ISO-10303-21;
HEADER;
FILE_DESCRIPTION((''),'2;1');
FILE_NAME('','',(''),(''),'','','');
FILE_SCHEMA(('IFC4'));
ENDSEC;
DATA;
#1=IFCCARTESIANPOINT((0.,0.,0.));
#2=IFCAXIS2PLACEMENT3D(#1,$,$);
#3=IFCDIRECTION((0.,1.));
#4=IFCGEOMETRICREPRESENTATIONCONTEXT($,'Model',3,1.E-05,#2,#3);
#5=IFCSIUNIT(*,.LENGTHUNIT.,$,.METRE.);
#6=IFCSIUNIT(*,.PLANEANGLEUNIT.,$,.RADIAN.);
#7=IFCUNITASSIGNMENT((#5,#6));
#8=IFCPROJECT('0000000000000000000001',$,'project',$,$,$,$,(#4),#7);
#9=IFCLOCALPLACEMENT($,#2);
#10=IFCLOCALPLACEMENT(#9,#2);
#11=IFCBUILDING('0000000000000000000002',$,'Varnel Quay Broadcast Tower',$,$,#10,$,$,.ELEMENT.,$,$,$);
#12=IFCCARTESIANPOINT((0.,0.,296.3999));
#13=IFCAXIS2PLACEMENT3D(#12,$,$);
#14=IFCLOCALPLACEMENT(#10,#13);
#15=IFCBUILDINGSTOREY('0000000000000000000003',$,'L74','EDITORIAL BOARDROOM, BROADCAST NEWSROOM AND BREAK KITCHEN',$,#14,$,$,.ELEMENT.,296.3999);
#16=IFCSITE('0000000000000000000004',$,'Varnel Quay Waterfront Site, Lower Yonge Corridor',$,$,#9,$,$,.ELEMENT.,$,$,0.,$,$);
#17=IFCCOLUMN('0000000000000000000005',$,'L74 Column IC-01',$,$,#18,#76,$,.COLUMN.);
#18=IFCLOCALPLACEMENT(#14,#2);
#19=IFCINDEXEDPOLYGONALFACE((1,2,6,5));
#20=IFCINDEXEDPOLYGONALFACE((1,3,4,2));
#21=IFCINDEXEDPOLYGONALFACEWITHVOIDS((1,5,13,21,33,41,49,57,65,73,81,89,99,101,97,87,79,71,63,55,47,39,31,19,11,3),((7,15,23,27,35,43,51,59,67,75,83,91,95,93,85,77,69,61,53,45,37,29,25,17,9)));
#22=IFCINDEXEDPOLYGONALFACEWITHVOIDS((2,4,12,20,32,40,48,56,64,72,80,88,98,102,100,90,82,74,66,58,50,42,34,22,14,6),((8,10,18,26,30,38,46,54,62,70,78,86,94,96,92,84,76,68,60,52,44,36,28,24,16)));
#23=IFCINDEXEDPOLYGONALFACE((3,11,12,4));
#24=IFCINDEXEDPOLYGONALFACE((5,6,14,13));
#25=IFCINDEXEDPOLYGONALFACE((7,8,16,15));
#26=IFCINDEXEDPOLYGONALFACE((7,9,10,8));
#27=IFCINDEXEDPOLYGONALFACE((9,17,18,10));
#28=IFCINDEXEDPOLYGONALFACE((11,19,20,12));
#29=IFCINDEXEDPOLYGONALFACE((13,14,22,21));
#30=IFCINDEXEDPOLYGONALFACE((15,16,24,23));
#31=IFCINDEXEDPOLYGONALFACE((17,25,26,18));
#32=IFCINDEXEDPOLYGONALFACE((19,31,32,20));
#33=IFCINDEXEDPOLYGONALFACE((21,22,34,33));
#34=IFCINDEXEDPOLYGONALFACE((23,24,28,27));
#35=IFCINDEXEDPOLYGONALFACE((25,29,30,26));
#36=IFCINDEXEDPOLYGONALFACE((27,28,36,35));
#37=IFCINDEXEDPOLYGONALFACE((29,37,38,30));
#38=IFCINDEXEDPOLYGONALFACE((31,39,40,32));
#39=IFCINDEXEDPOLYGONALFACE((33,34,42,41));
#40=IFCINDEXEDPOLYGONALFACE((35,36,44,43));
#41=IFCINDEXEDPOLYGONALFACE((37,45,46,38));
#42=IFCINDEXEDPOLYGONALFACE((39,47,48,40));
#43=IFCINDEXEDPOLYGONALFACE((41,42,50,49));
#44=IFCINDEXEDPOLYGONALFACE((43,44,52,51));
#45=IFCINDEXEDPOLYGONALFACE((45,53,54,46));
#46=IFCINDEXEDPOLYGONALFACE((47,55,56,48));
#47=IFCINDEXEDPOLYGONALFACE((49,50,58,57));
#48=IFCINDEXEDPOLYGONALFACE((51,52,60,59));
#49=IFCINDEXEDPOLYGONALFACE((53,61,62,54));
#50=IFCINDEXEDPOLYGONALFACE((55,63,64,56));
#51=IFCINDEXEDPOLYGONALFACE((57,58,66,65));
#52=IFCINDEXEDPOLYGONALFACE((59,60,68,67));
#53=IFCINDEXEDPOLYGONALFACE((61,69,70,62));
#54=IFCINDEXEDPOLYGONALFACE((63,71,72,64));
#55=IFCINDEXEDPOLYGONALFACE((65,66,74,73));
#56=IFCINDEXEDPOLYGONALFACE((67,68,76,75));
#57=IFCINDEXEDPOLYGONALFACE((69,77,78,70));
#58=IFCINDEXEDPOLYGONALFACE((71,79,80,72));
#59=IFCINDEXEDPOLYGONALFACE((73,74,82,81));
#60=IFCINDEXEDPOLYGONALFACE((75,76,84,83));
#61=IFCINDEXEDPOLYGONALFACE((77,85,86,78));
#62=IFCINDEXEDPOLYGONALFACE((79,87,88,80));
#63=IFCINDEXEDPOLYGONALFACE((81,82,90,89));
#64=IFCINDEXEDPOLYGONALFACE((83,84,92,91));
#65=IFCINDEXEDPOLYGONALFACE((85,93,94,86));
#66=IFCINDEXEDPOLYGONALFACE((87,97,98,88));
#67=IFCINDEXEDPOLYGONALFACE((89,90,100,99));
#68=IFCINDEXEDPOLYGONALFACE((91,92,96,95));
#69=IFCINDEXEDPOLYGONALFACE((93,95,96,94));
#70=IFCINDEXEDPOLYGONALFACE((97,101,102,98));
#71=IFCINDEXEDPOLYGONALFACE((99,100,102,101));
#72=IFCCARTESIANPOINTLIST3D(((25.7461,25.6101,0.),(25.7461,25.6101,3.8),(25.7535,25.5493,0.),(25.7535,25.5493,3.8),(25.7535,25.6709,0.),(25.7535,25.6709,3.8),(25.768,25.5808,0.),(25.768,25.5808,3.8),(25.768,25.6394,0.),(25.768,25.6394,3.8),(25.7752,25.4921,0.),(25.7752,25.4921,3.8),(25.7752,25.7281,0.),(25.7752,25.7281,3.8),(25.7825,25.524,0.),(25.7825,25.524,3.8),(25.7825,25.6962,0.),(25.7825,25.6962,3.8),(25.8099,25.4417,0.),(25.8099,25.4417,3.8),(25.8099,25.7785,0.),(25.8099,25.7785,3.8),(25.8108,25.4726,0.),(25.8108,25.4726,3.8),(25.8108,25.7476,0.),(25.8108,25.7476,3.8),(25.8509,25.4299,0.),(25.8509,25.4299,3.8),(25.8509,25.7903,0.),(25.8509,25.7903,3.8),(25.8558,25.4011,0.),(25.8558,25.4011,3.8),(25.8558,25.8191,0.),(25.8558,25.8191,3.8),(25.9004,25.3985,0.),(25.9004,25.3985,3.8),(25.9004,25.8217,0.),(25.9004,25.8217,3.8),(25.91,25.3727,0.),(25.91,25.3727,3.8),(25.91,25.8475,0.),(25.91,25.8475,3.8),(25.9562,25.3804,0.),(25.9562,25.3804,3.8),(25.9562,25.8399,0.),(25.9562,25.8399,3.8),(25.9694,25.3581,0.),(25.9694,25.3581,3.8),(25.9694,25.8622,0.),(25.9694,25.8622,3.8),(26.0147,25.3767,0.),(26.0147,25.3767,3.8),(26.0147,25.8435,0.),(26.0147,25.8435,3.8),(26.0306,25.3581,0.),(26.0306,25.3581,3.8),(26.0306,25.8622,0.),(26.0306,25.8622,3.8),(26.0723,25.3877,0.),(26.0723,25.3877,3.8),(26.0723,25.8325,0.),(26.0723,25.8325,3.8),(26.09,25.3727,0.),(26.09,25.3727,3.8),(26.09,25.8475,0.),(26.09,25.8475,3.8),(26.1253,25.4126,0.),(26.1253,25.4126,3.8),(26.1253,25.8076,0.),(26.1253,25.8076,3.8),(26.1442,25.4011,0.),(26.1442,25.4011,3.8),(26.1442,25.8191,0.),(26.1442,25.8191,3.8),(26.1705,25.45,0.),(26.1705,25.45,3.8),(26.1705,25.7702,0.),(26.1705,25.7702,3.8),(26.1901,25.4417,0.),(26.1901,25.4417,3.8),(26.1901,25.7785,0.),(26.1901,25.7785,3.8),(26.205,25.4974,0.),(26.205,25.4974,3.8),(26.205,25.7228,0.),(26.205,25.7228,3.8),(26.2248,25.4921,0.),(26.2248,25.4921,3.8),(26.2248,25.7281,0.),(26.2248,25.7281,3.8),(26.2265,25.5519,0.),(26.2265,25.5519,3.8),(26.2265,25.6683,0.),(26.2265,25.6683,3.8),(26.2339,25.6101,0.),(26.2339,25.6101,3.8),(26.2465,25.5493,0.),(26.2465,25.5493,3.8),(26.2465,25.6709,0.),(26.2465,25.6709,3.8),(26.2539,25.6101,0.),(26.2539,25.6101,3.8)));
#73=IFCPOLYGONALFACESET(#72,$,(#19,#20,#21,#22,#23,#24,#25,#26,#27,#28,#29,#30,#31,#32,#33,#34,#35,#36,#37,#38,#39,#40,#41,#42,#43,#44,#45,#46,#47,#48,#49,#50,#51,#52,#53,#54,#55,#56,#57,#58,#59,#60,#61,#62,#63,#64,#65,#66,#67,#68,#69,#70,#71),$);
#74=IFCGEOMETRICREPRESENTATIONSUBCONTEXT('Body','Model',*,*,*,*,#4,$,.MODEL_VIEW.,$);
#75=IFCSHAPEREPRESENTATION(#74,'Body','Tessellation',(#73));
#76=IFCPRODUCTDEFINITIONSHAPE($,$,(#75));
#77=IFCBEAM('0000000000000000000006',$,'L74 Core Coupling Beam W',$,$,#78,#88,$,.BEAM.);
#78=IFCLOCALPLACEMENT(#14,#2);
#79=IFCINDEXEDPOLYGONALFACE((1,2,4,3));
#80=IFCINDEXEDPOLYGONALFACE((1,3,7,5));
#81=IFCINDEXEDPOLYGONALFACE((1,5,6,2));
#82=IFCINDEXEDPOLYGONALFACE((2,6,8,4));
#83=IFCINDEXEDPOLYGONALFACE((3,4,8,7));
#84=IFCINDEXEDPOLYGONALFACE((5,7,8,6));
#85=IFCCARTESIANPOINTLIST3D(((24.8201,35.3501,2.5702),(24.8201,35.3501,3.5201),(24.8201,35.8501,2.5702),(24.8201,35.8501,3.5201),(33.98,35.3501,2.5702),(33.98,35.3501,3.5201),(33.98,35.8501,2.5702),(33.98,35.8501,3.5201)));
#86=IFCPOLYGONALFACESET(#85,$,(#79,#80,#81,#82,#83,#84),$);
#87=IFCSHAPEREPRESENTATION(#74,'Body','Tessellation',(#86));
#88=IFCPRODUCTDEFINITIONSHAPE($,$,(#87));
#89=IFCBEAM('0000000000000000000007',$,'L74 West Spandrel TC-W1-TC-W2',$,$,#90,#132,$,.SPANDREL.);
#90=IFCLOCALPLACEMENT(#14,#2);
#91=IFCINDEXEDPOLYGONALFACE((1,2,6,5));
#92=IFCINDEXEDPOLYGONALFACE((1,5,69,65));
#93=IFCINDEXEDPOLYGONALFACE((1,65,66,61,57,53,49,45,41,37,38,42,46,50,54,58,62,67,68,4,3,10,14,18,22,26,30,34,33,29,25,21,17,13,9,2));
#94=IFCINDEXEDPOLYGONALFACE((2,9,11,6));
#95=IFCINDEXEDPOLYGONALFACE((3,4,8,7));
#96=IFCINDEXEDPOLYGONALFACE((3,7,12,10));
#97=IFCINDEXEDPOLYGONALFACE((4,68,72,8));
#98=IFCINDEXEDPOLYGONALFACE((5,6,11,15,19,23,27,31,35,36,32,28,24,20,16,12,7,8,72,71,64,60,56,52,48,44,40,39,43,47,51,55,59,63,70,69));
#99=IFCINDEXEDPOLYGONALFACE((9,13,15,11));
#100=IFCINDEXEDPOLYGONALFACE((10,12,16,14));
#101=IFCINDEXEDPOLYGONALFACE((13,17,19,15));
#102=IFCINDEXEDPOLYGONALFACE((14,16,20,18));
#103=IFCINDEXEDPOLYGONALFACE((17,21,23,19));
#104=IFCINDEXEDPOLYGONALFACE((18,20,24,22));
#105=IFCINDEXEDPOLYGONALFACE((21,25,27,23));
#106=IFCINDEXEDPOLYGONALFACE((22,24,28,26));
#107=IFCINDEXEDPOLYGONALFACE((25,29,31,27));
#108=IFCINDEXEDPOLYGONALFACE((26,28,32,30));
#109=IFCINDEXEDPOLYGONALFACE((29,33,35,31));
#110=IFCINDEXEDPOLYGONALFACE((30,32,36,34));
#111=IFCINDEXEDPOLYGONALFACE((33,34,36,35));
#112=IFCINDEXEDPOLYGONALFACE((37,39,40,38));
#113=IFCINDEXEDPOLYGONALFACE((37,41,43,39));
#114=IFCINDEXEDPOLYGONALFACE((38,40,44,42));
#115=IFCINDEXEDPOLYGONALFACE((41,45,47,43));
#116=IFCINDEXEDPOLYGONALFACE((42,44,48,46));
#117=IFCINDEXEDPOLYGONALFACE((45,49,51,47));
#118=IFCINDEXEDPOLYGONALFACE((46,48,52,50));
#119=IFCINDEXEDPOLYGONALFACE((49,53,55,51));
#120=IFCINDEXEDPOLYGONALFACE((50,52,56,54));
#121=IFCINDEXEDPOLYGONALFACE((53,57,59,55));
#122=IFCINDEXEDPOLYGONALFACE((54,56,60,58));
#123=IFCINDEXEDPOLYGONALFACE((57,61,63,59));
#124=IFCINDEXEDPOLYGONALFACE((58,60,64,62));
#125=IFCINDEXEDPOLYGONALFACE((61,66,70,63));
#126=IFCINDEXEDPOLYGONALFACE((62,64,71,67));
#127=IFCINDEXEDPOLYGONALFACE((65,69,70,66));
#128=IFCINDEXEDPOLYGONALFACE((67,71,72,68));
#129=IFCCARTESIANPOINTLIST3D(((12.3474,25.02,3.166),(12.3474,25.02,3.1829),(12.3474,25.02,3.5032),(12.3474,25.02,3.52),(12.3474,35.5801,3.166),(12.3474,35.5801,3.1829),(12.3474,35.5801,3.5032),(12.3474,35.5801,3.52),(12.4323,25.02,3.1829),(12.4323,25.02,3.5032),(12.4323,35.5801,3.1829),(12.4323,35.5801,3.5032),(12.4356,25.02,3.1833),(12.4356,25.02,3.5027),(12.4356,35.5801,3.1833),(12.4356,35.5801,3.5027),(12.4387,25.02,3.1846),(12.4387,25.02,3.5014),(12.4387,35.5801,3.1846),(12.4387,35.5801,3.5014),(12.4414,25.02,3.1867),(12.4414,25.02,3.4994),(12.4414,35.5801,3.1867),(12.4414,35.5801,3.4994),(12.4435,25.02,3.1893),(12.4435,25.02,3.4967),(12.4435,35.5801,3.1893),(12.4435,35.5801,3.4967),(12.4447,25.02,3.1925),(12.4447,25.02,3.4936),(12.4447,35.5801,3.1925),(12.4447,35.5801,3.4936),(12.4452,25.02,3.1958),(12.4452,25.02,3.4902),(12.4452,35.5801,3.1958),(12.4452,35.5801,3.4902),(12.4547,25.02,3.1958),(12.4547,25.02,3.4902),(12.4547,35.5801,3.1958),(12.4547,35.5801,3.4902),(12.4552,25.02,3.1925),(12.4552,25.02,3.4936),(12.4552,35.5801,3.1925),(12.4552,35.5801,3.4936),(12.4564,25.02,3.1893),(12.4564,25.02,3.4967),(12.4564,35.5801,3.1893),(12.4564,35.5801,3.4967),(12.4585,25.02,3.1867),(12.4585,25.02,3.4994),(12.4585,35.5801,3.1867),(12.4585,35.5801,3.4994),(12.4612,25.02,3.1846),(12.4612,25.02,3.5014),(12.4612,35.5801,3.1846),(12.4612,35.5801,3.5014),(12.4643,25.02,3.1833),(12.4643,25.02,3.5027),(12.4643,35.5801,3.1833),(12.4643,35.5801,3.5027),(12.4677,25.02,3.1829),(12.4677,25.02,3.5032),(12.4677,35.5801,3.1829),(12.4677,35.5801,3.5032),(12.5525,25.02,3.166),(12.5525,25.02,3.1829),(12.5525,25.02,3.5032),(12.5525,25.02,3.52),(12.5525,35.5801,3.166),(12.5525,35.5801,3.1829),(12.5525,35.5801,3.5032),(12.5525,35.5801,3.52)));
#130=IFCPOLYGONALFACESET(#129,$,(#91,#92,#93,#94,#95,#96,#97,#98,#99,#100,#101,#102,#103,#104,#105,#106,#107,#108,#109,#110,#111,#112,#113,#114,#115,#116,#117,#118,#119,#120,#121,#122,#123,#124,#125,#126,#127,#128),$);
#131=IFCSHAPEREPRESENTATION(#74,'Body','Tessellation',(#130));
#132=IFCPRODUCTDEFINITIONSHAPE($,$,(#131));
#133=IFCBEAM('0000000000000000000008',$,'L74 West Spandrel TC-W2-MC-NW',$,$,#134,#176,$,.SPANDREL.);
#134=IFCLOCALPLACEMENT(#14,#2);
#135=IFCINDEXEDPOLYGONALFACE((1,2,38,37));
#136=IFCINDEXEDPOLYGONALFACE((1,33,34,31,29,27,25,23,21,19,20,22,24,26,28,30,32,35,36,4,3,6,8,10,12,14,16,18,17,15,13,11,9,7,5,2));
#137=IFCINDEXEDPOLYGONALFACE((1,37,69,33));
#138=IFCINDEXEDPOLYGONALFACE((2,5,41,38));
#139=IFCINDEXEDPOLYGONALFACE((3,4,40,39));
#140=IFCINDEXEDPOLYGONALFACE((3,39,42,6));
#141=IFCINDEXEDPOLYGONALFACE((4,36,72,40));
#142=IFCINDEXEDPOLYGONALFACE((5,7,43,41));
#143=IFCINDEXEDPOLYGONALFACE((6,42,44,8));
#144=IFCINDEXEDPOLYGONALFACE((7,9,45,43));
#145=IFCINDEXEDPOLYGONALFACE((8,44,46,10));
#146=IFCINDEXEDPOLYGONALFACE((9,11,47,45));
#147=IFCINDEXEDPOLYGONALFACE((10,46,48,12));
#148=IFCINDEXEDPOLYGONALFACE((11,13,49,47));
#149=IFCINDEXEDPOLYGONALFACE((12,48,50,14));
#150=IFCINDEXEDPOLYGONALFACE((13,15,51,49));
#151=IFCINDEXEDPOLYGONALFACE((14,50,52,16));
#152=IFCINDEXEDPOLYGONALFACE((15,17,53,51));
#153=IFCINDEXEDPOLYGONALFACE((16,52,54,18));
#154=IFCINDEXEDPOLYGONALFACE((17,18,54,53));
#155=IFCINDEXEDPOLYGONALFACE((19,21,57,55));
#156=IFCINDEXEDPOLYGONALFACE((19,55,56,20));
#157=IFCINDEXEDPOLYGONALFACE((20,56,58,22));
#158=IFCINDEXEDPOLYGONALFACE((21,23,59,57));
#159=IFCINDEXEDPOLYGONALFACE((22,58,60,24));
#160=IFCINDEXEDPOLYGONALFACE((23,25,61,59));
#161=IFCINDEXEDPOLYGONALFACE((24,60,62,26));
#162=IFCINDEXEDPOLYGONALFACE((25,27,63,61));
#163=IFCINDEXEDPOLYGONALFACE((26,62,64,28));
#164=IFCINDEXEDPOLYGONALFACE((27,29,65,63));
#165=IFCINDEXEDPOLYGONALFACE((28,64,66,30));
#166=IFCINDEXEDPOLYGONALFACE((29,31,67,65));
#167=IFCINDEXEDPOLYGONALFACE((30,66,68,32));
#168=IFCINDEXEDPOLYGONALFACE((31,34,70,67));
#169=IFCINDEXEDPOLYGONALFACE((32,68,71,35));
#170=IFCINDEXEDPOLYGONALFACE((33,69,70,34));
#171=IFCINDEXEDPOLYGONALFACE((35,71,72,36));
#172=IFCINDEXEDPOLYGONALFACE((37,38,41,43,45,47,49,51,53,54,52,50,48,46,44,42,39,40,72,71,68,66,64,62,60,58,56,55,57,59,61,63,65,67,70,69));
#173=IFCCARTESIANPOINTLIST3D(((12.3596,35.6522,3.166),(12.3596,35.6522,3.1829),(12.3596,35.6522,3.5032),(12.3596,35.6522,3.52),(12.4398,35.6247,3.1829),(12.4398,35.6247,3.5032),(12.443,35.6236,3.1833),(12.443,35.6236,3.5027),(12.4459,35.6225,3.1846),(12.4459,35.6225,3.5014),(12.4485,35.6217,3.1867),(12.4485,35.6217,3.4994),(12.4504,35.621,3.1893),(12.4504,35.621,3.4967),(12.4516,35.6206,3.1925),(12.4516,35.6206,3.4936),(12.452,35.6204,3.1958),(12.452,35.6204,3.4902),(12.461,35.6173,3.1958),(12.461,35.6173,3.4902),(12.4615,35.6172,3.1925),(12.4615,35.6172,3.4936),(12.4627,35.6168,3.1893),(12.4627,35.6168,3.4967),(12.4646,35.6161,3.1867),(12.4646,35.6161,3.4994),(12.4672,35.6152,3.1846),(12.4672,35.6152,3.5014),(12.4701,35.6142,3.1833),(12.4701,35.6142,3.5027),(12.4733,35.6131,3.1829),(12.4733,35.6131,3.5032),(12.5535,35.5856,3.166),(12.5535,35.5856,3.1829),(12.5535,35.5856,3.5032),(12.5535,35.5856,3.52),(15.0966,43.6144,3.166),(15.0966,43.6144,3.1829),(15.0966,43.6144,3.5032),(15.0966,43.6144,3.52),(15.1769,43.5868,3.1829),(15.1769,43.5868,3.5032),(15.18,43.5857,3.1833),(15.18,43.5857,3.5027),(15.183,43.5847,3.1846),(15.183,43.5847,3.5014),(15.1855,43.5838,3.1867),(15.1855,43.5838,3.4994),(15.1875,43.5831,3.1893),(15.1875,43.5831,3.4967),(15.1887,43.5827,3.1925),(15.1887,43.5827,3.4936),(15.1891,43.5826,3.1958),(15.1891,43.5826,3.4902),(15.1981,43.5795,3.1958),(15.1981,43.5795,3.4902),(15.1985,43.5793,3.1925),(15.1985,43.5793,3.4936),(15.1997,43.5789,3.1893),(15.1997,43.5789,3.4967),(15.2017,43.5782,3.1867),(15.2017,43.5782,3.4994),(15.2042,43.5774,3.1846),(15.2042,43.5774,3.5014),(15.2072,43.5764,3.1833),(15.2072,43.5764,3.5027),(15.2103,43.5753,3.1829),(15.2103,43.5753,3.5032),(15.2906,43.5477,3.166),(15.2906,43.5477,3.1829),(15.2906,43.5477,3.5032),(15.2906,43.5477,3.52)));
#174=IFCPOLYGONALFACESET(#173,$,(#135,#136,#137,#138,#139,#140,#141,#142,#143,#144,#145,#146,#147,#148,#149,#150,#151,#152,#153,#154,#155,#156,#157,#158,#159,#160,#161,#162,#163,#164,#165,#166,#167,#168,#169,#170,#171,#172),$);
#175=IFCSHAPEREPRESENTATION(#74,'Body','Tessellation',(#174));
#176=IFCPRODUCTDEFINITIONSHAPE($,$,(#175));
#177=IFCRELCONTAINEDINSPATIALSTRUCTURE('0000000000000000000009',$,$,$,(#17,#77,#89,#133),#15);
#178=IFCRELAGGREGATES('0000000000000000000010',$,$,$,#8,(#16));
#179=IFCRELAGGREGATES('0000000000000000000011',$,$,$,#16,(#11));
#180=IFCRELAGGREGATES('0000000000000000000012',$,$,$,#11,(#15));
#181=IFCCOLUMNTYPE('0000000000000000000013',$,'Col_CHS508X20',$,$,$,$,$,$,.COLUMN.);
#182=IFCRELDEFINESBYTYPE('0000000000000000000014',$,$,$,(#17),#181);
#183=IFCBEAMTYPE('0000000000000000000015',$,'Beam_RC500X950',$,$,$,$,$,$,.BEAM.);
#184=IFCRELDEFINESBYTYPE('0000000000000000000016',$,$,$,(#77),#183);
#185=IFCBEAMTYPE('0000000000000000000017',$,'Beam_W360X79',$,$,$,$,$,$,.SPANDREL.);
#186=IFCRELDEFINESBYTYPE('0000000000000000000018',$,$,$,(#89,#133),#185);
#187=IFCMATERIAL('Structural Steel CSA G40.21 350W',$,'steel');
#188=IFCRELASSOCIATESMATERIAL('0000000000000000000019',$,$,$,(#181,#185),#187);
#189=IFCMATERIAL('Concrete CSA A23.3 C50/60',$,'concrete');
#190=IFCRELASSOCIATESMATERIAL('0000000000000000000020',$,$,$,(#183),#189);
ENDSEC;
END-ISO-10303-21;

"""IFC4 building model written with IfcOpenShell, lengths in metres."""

from ifc_helpers import new_model, si_unit, direction, frame, origin, origin_2d, place, context, subcontext, project, spatial, rectangle, hollow_circle, i_section, extrude, source, transform, mapped, material, material_profile, profile_set, type_object, type_shapes, element, save


model = new_model("IFC4")

# Units and contexts
model_context = context("Model", 3, precision=1e-05, world=origin(), true_north=direction((0.0, 1.0)))
body_context = subcontext(model_context, "Body", "Model", "MODEL_VIEW")
ifc_project = project(units=[si_unit("LENGTHUNIT", "METRE"), si_unit("PLANEANGLEUNIT", "RADIAN")], contexts=[model_context])

# Site, building, storey
site_placement = place(None, origin())
site = spatial("IfcSite", under=ifc_project, at=site_placement, Name="Varnel Quay Waterfront Site, Lower Yonge Corridor", CompositionType="ELEMENT", RefElevation=0.0)
building_placement = place(site_placement, origin())
building = spatial("IfcBuilding", under=site, at=building_placement, Name="Varnel Quay Broadcast Tower", CompositionType="ELEMENT")
storey_placement = place(building_placement, frame((0.0, 0.0, 296.3999)))
storey = spatial("IfcBuildingStorey", under=building, at=storey_placement, Name="L74", Description="EDITORIAL BOARDROOM, BROADCAST NEWSROOM AND BREAK KITCHEN", CompositionType="ELEMENT", Elevation=296.3999)

# Column
ifc_material_1 = material(Name="Structural Steel CSA G40.21 350W", Category="steel")
ifc_material_profile_1 = material_profile(ifc_material_1, hollow_circle(Radius=0.2539, WallThickness=0.02, at=origin_2d()), Name="CHS508X20")
ifc_profile_set_1 = profile_set([ifc_material_profile_1], Name="Structural Steel CSA G40.21 350W")
column_type_1 = type_object("IfcColumnType", Name="Col_CHS508X20", PredefinedType="COLUMN", material=ifc_profile_set_1)
shared_shape_1 = source(origin(), body_context, "Body", "SweptSolid", [
    extrude(hollow_circle(Radius=0.2539, WallThickness=0.02, at=origin_2d()), origin(), (0.0, 0.0, 1.0), 3.8),
])
type_shapes(column_type_1, [shared_shape_1])
column_placement = place(storey_placement, frame((26.0, 25.6101, 0.0), z_axis=(0.0, 0.0, 1.0), x_axis=(1.0, 0.0, 0.0)))
element("IfcColumn", 1, at=column_placement, inside=storey, type_object=column_type_1, Name="L74 Column IC-01", PredefinedType="COLUMN", context=body_context, shape_type="MappedRepresentation", body=[
    mapped(shared_shape_1, transform((0.0, 0.0, 0.0), x_axis=(1.0, 0.0, 0.0), y_axis=(0.0, 1.0, 0.0), z_axis=(0.0, 0.0, 1.0), scale=1.0)),
])

# Beams
ifc_material_2 = material(Name="Concrete CSA A23.3 C50/60", Category="concrete")
ifc_material_profile_2 = material_profile(ifc_material_2, rectangle(XDim=0.5, YDim=0.95, at=origin_2d()), Name="RC500X950")
ifc_profile_set_2 = profile_set([ifc_material_profile_2], Name="Concrete CSA A23.3 C50/60")
beam_type_1 = type_object("IfcBeamType", Name="Beam_RC500X950", PredefinedType="BEAM", material=ifc_profile_set_2)
shared_shape_2 = source(origin(), body_context, "Body", "SweptSolid", [
    extrude(rectangle(XDim=0.5, YDim=0.95, at=origin_2d()), origin(), (0.0, 0.0, 1.0), 9.1599),
])
type_shapes(beam_type_1, [shared_shape_2])
beam_1_placement = place(storey_placement, frame((24.8201, 35.6001, 3.0452), z_axis=(1.0, 0.0, 0.0), x_axis=(0.0, 1.0, 0.0)))
element("IfcBeam", 2, at=beam_1_placement, inside=storey, type_object=beam_type_1, Name="L74 Core Coupling Beam W", PredefinedType="BEAM", context=body_context, shape_type="MappedRepresentation", body=[
    mapped(shared_shape_2, transform((0.0, 0.0, 0.0), x_axis=(1.0, 0.0, 0.0), y_axis=(0.0, 1.0, 0.0), z_axis=(0.0, 0.0, 1.0), scale=1.0)),
])
ifc_material_profile_3 = material_profile(ifc_material_1, i_section(OverallWidth=0.2051, OverallDepth=0.354, WebThickness=0.0095, FlangeThickness=0.0168, FilletRadius=0.0129, at=origin_2d()), Name="W360X79")
ifc_profile_set_3 = profile_set([ifc_material_profile_3], Name="Structural Steel CSA G40.21 350W")
beam_type_2 = type_object("IfcBeamType", Name="Beam_W360X79", PredefinedType="SPANDREL", material=ifc_profile_set_3)
shared_shape_3 = source(origin(), body_context, "Body", "SweptSolid", [
    extrude(i_section(OverallWidth=0.2051, OverallDepth=0.354, WebThickness=0.0095, FlangeThickness=0.0168, FilletRadius=0.0129, at=origin_2d()), origin(), (0.0, 0.0, 1.0), 10.5601),
])
beam_2_placement = place(storey_placement, frame((12.45, 25.02, 3.343), z_axis=(0.0, 1.0, 0.0), x_axis=(-1.0, 0.0, 0.0)))
element("IfcBeam", 3, at=beam_2_placement, inside=storey, type_object=beam_type_2, Name="L74 West Spandrel TC-W1-TC-W2", PredefinedType="SPANDREL", context=body_context, shape_type="MappedRepresentation", body=[
    mapped(shared_shape_3, transform((0.0, 0.0, 0.0), x_axis=(1.0, 0.0, 0.0), y_axis=(0.0, 1.0, 0.0), z_axis=(0.0, 0.0, 1.0), scale=1.0)),
])
shared_shape_4 = source(origin(), body_context, "Body", "SweptSolid", [
    extrude(i_section(OverallWidth=0.2051, OverallDepth=0.354, WebThickness=0.0095, FlangeThickness=0.0168, FilletRadius=0.0129, at=origin_2d()), origin(), (0.0, 0.0, 1.0), 8.4194),
])
type_shapes(beam_type_2, [shared_shape_3, shared_shape_4])
beam_3_placement = place(storey_placement, frame((12.4565, 35.6189, 3.343), z_axis=(0.325087, 0.945684, 0.0), x_axis=(-0.945684, 0.325087, 0.0)))
element("IfcBeam", 4, at=beam_3_placement, inside=storey, type_object=beam_type_2, Name="L74 West Spandrel TC-W2-MC-NW", PredefinedType="SPANDREL", context=body_context, shape_type="MappedRepresentation", body=[
    mapped(shared_shape_4, transform((0.0, 0.0, 0.0), x_axis=(1.0, 0.0, 0.0), y_axis=(0.0, 1.0, 0.0), z_axis=(0.0, 0.0, 1.0), scale=1.0)),
])

save(model, "model.ifc")
